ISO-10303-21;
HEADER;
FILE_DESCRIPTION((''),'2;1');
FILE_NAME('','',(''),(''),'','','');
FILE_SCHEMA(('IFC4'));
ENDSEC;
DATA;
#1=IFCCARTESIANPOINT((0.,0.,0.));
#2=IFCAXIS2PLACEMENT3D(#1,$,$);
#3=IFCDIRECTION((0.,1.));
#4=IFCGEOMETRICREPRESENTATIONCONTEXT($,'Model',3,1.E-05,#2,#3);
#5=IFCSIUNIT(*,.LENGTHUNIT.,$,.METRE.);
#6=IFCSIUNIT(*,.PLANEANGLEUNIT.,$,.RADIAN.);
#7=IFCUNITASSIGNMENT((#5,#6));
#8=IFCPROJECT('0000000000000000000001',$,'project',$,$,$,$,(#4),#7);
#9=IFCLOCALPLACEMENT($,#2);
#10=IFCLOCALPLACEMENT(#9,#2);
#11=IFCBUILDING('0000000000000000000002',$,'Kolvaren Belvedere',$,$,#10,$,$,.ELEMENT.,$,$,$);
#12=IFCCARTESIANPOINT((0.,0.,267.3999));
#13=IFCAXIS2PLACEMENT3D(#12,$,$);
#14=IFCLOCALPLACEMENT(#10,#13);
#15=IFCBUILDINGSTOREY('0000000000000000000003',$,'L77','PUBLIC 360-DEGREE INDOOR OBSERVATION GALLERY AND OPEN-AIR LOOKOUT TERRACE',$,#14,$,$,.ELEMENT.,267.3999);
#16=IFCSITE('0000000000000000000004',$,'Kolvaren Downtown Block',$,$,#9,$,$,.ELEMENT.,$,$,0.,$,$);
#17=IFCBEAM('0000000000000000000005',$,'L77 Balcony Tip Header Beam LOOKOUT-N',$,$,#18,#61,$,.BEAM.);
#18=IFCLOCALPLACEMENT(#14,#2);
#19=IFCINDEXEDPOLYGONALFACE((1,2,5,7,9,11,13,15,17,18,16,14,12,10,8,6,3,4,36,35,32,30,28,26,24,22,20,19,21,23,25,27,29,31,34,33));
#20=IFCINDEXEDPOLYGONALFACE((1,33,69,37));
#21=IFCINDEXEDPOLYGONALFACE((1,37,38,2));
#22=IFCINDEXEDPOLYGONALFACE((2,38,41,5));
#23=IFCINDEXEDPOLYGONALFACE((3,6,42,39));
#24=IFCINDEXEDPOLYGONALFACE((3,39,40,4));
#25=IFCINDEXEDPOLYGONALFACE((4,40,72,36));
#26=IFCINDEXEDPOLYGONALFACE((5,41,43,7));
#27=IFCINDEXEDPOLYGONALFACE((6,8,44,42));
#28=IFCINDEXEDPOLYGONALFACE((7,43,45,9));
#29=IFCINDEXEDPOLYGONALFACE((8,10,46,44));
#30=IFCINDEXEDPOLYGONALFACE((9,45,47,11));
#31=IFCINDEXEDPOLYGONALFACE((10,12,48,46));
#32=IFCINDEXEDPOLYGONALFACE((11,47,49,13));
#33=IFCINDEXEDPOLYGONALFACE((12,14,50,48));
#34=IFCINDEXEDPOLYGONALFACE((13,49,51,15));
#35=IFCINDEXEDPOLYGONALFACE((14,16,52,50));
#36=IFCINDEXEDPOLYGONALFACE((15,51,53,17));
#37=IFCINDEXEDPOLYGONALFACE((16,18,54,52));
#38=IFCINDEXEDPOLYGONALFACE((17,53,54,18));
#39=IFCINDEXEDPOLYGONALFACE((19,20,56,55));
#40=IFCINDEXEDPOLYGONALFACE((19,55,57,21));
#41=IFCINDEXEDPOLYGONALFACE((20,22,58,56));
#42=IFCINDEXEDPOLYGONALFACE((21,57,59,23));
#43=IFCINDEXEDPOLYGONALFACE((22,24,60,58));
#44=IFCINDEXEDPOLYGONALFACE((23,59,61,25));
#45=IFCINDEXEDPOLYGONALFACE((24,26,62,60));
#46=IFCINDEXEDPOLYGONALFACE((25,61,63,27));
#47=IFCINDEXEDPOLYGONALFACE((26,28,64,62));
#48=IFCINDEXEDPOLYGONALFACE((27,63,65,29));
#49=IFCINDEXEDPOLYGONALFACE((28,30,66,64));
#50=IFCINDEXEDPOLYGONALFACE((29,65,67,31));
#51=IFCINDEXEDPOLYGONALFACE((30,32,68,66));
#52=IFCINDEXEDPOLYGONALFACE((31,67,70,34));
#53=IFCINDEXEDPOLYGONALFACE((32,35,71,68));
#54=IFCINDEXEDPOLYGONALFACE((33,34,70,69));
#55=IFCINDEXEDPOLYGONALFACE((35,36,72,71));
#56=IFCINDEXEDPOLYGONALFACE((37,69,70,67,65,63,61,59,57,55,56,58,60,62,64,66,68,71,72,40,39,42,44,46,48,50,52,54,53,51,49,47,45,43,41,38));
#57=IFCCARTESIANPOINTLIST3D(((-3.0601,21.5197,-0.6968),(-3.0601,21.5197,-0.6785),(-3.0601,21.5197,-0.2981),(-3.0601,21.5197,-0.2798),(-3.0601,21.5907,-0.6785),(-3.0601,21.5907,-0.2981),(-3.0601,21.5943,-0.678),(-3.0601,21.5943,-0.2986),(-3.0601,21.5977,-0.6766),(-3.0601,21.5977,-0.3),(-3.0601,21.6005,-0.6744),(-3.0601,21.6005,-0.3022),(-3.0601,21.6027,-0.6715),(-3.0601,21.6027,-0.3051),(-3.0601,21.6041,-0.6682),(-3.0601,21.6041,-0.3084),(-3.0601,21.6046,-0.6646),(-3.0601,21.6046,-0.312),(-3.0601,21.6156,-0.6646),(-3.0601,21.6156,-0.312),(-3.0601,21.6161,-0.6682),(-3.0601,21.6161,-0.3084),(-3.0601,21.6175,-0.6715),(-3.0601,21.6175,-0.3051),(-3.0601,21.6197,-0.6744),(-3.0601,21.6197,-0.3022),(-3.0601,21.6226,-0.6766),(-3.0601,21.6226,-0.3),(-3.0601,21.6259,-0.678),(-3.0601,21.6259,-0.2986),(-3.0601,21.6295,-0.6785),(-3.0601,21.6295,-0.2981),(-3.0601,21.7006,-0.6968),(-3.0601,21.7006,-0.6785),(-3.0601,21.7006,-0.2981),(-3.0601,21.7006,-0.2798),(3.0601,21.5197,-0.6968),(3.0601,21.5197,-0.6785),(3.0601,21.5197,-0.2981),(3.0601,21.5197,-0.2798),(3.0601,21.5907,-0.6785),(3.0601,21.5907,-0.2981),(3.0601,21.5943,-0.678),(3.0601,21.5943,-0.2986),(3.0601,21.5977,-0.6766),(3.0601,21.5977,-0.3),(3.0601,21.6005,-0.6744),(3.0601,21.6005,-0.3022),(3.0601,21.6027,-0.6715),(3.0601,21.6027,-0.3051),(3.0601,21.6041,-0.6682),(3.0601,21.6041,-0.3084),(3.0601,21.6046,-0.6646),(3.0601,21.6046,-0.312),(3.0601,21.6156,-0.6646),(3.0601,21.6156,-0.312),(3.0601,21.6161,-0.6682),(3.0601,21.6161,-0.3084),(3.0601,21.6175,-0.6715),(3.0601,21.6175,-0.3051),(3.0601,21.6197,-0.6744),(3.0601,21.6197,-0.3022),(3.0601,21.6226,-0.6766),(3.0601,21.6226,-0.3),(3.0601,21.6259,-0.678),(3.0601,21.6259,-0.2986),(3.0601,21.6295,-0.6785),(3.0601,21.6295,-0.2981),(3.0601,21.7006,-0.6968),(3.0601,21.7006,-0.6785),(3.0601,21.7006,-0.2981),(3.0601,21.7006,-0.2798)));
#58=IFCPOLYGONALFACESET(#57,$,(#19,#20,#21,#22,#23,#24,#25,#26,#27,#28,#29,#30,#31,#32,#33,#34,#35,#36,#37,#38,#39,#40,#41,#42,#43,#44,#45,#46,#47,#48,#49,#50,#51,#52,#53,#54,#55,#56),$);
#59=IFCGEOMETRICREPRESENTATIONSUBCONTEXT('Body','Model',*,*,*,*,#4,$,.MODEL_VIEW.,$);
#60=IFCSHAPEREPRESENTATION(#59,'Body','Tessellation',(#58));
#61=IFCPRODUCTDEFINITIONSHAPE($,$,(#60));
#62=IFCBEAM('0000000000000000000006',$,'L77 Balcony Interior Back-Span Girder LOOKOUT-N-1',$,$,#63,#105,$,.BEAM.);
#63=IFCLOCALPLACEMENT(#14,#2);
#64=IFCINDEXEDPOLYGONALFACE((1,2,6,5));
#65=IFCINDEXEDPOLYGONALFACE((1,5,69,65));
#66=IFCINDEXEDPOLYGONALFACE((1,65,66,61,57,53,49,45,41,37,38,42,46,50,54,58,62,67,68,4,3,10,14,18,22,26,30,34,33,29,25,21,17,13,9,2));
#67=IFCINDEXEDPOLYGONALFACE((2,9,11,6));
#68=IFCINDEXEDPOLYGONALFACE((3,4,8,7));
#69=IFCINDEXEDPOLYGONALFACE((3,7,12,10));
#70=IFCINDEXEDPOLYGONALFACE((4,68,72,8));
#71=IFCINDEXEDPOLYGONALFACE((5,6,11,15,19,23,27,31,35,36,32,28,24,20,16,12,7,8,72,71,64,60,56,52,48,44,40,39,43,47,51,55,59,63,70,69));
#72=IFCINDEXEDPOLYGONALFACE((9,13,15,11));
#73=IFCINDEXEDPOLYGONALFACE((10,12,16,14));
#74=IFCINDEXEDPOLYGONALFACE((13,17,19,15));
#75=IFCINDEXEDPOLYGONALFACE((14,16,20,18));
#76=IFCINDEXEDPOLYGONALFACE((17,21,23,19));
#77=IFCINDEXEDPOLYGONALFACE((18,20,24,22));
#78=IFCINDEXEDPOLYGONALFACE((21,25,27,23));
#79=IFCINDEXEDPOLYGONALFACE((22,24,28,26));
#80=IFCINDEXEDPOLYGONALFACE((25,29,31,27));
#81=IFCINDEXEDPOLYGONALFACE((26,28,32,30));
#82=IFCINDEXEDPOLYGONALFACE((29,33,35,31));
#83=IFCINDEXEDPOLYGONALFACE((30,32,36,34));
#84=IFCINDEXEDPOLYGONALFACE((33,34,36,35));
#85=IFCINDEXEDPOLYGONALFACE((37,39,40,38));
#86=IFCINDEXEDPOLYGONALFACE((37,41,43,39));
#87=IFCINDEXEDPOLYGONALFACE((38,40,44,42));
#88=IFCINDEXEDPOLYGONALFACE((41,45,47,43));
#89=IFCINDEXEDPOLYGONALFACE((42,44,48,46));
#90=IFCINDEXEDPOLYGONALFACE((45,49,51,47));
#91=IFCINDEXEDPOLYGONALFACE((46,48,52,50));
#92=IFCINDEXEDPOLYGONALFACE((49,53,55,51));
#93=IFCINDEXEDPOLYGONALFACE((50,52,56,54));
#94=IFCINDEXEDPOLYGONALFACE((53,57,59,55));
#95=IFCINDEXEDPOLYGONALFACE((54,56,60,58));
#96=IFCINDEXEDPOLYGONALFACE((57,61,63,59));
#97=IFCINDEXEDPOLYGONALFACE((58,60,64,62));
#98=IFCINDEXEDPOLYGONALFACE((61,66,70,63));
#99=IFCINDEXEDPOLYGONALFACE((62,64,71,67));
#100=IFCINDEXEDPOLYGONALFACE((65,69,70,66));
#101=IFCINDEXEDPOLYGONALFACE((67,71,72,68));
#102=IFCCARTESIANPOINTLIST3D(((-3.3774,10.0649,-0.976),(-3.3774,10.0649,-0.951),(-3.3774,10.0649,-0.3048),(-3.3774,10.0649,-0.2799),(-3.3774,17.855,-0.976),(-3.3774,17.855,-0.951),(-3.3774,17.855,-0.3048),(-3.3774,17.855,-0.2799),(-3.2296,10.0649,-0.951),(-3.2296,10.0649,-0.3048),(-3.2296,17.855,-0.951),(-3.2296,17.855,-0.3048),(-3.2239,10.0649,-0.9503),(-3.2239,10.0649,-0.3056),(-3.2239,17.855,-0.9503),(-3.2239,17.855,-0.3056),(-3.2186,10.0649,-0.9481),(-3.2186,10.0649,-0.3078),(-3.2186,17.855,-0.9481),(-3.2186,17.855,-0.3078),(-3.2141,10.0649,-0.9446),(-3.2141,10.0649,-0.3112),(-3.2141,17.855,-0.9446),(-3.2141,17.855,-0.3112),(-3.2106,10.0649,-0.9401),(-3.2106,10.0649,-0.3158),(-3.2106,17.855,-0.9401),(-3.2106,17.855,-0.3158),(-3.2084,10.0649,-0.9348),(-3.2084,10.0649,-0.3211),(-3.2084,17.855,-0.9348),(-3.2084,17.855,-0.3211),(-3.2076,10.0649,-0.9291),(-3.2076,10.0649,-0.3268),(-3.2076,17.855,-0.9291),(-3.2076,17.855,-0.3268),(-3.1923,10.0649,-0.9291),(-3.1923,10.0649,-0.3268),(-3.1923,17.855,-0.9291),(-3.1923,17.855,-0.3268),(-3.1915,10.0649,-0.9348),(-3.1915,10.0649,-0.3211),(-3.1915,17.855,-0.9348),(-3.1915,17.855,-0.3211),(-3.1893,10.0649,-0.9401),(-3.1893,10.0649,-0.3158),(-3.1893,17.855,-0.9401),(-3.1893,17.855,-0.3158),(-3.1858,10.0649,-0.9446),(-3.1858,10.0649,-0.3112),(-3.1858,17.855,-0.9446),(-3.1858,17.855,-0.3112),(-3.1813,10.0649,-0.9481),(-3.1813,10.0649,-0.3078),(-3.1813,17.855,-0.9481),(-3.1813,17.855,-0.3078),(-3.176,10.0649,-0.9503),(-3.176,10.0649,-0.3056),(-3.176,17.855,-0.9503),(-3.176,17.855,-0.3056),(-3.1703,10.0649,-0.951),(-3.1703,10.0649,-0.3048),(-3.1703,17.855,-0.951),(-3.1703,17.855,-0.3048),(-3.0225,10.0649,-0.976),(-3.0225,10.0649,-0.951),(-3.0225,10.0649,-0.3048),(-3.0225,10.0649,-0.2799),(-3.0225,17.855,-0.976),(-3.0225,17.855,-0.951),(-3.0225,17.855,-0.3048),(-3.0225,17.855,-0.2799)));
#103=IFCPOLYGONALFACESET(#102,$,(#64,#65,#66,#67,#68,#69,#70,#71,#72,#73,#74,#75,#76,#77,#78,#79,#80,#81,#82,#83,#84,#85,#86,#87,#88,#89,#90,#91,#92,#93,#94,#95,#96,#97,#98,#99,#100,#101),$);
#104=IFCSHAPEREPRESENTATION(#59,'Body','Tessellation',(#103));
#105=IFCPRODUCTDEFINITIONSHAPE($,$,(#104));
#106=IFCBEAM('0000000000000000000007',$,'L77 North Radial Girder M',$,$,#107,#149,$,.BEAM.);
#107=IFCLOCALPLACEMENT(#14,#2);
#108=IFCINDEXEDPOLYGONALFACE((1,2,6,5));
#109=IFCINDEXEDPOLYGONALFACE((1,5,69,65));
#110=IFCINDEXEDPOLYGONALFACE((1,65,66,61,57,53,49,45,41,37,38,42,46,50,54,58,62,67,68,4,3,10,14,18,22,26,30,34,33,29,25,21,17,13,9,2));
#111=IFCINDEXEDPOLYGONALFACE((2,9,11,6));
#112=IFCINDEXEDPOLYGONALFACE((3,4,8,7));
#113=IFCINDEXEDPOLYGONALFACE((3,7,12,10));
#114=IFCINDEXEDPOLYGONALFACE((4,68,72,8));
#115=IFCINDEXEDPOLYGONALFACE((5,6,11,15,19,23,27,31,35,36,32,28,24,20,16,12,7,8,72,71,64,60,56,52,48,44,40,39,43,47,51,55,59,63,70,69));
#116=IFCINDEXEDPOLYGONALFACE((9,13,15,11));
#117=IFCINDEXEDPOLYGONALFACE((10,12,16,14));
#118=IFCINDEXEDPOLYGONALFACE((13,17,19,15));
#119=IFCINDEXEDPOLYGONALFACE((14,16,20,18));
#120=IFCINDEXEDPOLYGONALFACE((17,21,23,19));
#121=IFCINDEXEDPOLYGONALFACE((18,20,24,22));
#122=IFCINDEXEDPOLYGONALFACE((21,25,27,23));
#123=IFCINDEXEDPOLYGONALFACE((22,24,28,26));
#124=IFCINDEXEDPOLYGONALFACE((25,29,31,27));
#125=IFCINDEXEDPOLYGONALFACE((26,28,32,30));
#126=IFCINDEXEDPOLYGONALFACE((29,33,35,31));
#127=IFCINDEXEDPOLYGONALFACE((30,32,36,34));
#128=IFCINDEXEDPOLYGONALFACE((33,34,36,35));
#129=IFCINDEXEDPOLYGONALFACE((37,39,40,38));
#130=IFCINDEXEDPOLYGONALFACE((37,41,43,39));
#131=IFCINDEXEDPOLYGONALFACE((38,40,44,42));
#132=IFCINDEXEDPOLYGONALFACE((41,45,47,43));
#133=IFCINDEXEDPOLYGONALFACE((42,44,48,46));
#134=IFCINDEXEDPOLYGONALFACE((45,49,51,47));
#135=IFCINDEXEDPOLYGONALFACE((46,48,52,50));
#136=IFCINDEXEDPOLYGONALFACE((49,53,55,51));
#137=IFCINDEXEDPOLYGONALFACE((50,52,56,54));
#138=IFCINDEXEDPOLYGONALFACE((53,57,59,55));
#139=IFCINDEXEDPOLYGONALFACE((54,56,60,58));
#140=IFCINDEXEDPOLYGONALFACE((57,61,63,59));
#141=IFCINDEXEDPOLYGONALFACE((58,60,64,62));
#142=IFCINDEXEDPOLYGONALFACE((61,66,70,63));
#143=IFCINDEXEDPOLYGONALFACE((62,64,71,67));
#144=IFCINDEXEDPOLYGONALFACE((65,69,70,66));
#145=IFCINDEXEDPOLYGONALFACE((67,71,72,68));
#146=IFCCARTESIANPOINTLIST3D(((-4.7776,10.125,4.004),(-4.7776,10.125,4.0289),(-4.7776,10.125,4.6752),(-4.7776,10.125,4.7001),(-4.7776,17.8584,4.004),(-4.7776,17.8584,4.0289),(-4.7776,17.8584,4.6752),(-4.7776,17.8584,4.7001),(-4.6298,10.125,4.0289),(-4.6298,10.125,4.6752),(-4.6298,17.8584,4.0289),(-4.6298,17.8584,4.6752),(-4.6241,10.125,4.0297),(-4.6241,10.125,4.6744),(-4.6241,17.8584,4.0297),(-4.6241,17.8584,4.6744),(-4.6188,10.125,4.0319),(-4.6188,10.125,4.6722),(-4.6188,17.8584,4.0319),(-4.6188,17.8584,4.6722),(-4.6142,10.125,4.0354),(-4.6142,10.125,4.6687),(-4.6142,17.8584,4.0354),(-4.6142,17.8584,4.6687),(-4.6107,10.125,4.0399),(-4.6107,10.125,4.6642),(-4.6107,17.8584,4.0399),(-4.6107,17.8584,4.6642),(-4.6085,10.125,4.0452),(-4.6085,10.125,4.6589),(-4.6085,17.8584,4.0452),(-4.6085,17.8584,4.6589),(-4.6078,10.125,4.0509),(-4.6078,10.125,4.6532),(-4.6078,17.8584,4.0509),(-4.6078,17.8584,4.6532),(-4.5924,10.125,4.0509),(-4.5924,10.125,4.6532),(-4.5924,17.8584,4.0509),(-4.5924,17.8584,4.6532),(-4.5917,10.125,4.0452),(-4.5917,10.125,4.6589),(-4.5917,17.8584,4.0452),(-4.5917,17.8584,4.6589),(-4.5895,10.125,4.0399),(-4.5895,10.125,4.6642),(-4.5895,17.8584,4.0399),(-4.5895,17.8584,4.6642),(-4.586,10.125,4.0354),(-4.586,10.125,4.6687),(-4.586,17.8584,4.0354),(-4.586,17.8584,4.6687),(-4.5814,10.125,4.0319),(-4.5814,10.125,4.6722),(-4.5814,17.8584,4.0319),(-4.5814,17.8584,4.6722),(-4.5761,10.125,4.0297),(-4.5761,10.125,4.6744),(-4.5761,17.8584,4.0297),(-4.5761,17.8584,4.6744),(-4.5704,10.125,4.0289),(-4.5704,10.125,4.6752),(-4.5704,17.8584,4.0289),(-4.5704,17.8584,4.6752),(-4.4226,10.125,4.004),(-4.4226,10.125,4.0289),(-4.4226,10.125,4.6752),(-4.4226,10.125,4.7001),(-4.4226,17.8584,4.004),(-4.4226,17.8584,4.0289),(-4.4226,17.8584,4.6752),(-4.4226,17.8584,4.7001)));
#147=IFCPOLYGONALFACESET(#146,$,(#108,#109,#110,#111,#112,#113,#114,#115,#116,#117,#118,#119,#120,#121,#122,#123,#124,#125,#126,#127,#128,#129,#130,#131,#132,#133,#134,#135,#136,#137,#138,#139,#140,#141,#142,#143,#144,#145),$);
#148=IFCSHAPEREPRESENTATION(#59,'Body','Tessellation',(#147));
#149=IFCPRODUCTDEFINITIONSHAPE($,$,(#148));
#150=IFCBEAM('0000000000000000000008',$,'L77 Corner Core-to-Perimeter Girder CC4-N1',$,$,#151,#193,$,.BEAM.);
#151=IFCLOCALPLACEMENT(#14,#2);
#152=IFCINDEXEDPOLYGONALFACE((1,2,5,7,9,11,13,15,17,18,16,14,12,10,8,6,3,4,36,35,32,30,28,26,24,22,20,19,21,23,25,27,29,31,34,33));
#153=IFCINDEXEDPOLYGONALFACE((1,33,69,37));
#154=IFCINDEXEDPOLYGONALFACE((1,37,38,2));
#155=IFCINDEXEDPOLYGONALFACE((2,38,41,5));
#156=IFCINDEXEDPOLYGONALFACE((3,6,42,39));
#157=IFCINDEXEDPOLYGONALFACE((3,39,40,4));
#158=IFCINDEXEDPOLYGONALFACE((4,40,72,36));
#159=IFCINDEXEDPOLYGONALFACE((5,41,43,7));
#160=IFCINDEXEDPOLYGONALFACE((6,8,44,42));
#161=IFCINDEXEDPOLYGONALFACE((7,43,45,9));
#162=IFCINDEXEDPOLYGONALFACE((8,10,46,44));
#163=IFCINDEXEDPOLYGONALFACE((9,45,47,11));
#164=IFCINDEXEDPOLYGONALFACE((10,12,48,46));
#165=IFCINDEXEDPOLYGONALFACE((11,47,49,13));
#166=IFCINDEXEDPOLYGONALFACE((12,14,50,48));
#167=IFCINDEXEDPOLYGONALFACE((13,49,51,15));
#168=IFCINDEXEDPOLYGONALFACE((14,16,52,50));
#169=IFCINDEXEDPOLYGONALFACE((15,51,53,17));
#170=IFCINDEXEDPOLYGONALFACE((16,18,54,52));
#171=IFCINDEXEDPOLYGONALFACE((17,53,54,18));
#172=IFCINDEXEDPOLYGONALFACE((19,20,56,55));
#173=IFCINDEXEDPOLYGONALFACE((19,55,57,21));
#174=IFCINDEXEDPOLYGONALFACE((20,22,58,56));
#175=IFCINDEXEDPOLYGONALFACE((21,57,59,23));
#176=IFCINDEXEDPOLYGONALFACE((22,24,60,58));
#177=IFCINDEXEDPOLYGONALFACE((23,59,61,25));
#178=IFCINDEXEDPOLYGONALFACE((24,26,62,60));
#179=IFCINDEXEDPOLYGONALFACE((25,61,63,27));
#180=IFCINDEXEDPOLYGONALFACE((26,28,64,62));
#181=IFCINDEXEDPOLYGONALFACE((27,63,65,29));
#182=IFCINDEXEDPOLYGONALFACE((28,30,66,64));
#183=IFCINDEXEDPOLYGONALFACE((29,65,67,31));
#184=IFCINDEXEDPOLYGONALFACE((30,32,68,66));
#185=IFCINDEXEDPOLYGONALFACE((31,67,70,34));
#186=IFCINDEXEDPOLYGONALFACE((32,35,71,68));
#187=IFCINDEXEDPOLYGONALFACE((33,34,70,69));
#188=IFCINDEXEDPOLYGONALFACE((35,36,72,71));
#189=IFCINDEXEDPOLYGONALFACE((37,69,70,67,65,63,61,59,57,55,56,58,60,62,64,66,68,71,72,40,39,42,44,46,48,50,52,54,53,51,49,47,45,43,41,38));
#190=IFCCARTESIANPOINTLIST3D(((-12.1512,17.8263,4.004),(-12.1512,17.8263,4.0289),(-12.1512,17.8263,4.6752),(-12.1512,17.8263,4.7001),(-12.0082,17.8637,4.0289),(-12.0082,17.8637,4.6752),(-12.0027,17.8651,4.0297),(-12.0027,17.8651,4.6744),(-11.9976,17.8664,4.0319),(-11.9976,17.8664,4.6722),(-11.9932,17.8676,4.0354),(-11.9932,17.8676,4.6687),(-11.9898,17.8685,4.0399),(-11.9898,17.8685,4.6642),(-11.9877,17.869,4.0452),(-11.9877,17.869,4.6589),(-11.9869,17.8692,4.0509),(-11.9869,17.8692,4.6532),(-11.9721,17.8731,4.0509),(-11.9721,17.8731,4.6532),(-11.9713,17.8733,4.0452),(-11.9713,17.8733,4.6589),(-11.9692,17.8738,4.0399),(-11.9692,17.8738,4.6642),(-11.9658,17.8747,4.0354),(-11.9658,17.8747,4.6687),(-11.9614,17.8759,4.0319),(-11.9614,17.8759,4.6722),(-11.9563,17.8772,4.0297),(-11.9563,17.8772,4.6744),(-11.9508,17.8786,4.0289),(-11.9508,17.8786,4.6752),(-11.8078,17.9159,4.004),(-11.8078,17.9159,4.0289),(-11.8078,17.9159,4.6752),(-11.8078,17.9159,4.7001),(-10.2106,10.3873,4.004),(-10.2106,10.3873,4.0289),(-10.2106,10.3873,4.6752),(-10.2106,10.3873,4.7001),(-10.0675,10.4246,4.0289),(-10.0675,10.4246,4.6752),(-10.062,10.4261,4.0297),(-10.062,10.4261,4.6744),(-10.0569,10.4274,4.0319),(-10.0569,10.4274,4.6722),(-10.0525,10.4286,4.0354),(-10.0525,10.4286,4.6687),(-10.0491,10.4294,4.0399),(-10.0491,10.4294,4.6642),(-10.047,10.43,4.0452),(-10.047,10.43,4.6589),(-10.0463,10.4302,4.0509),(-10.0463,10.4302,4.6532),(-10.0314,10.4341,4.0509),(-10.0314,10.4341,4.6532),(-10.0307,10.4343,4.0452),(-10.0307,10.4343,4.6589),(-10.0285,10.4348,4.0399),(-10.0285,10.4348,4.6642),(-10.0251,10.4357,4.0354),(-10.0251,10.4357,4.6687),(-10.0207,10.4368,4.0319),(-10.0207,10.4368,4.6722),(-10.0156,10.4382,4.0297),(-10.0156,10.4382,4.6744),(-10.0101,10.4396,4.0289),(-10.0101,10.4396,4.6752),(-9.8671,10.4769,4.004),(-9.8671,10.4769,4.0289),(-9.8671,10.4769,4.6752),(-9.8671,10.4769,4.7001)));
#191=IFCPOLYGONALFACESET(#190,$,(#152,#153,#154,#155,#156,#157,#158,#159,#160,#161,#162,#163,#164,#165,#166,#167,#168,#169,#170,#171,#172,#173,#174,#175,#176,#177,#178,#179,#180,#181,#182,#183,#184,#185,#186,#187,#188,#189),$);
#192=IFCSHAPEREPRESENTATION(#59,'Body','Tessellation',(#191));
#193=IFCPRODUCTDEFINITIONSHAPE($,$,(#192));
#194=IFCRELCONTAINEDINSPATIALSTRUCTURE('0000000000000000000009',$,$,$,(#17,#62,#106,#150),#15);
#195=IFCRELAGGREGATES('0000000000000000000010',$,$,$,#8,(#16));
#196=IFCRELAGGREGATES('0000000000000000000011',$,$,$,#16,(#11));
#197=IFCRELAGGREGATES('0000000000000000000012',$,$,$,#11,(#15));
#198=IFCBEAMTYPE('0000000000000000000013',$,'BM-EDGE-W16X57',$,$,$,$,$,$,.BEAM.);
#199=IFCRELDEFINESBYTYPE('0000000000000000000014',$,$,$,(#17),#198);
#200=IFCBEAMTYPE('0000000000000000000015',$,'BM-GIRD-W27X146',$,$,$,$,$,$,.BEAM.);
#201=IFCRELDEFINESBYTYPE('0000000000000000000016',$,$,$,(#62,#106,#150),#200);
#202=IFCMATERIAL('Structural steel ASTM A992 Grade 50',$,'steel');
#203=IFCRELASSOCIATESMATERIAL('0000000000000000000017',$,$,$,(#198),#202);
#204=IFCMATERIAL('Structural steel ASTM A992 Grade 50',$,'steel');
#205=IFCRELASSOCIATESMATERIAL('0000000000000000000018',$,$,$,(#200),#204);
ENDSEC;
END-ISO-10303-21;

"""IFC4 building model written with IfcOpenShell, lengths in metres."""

from ifc_helpers import new_model, si_unit, direction, frame, origin, origin_2d, place, context, subcontext, project, spatial, i_section, extrude, material, material_profile, profile_set, type_object, element, save


model = new_model("IFC4")

# Units and contexts
model_context = context("Model", 3, precision=1e-05, world=origin(), true_north=direction((0.0, 1.0)))
body_context = subcontext(model_context, "Body", "Model", "MODEL_VIEW")
ifc_project = project(units=[si_unit("LENGTHUNIT", "METRE"), si_unit("PLANEANGLEUNIT", "RADIAN")], contexts=[model_context])

# Site, building, storey
site_placement = place(None, origin())
site = spatial("IfcSite", under=ifc_project, at=site_placement, Name="Kolvaren Downtown Block", CompositionType="ELEMENT", RefElevation=0.0)
building_placement = place(site_placement, origin())
building = spatial("IfcBuilding", under=site, at=building_placement, Name="Kolvaren Belvedere", CompositionType="ELEMENT")
storey_placement = place(building_placement, frame((0.0, 0.0, 267.3999)))
storey = spatial("IfcBuildingStorey", under=building, at=storey_placement, Name="L77", Description="PUBLIC 360-DEGREE INDOOR OBSERVATION GALLERY AND OPEN-AIR LOOKOUT TERRACE", CompositionType="ELEMENT", Elevation=267.3999)

# Beams
ifc_material_1 = material(Name="Structural steel ASTM A992 Grade 50", Category="steel")
ifc_material_profile_1 = material_profile(ifc_material_1, i_section(OverallWidth=0.1809, OverallDepth=0.417, WebThickness=0.011, FlangeThickness=0.0183, FilletRadius=0.0139, at=origin_2d()), Name="W16X57")
ifc_profile_set_1 = profile_set([ifc_material_profile_1], Name="Structural steel ASTM A992 Grade 50")
beam_type_1 = type_object("IfcBeamType", Name="BM-EDGE-W16X57", PredefinedType="BEAM", material=ifc_profile_set_1)
beam_1_placement = place(storey_placement, frame((-3.0601, 21.6101, -0.4883), z_axis=(1.0, 0.0, 0.0), x_axis=(0.0, 1.0, 0.0)))
element("IfcBeam", 1, at=beam_1_placement, inside=storey, type_object=beam_type_1, Name="L77 Balcony Tip Header Beam LOOKOUT-N", PredefinedType="BEAM", context=body_context, shape_type="SweptSolid", body=[
    extrude(i_section(OverallWidth=0.1809, OverallDepth=0.417, WebThickness=0.011, FlangeThickness=0.0183, FilletRadius=0.0139, at=origin_2d()), origin(), (0.0, 0.0, 1.0), 6.1201),
])
ifc_material_2 = material(Name="Structural steel ASTM A992 Grade 50", Category="steel")
ifc_material_profile_2 = material_profile(ifc_material_2, i_section(OverallWidth=0.355, OverallDepth=0.696, WebThickness=0.0154, FlangeThickness=0.0249, FilletRadius=0.022, at=origin_2d()), Name="W27X146")
ifc_profile_set_2 = profile_set([ifc_material_profile_2], Name="Structural steel ASTM A992 Grade 50")
beam_type_2 = type_object("IfcBeamType", Name="BM-GIRD-W27X146", PredefinedType="BEAM", material=ifc_profile_set_2)
beam_2_placement = place(storey_placement, frame((-3.2, 10.0649, -0.6279), z_axis=(0.0, 1.0, 0.0), x_axis=(-1.0, 0.0, 0.0)))
element("IfcBeam", 2, at=beam_2_placement, inside=storey, type_object=beam_type_2, Name="L77 Balcony Interior Back-Span Girder LOOKOUT-N-1", PredefinedType="BEAM", context=body_context, shape_type="SweptSolid", body=[
    extrude(i_section(OverallWidth=0.355, OverallDepth=0.696, WebThickness=0.0154, FlangeThickness=0.0249, FilletRadius=0.022, at=origin_2d()), origin(), (0.0, 0.0, 1.0), 7.79),
])
beam_3_placement = place(storey_placement, frame((-4.6001, 10.125, 4.3521), z_axis=(0.0, 1.0, 0.0), x_axis=(-1.0, 0.0, 0.0)))
element("IfcBeam", 3, at=beam_3_placement, inside=storey, type_object=beam_type_2, Name="L77 North Radial Girder M", PredefinedType="BEAM", context=body_context, shape_type="SweptSolid", body=[
    extrude(i_section(OverallWidth=0.355, OverallDepth=0.696, WebThickness=0.0154, FlangeThickness=0.0249, FilletRadius=0.022, at=origin_2d()), origin(), (0.0, 0.0, 1.0), 7.7334),
])
beam_4_placement = place(storey_placement, frame((-10.0388, 10.4321, 4.3521), z_axis=(-0.252431, 0.967615, 0.0), x_axis=(-0.967615, -0.252431, 0.0)))
element("IfcBeam", 4, at=beam_4_placement, inside=storey, type_object=beam_type_2, Name="L77 Corner Core-to-Perimeter Girder CC4-N1", PredefinedType="BEAM", context=body_context, shape_type="SweptSolid", body=[
    extrude(i_section(OverallWidth=0.355, OverallDepth=0.696, WebThickness=0.0154, FlangeThickness=0.0249, FilletRadius=0.022, at=origin_2d()), origin(), (0.0, 0.0, 1.0), 7.688),
])

save(model, "model.ifc")
